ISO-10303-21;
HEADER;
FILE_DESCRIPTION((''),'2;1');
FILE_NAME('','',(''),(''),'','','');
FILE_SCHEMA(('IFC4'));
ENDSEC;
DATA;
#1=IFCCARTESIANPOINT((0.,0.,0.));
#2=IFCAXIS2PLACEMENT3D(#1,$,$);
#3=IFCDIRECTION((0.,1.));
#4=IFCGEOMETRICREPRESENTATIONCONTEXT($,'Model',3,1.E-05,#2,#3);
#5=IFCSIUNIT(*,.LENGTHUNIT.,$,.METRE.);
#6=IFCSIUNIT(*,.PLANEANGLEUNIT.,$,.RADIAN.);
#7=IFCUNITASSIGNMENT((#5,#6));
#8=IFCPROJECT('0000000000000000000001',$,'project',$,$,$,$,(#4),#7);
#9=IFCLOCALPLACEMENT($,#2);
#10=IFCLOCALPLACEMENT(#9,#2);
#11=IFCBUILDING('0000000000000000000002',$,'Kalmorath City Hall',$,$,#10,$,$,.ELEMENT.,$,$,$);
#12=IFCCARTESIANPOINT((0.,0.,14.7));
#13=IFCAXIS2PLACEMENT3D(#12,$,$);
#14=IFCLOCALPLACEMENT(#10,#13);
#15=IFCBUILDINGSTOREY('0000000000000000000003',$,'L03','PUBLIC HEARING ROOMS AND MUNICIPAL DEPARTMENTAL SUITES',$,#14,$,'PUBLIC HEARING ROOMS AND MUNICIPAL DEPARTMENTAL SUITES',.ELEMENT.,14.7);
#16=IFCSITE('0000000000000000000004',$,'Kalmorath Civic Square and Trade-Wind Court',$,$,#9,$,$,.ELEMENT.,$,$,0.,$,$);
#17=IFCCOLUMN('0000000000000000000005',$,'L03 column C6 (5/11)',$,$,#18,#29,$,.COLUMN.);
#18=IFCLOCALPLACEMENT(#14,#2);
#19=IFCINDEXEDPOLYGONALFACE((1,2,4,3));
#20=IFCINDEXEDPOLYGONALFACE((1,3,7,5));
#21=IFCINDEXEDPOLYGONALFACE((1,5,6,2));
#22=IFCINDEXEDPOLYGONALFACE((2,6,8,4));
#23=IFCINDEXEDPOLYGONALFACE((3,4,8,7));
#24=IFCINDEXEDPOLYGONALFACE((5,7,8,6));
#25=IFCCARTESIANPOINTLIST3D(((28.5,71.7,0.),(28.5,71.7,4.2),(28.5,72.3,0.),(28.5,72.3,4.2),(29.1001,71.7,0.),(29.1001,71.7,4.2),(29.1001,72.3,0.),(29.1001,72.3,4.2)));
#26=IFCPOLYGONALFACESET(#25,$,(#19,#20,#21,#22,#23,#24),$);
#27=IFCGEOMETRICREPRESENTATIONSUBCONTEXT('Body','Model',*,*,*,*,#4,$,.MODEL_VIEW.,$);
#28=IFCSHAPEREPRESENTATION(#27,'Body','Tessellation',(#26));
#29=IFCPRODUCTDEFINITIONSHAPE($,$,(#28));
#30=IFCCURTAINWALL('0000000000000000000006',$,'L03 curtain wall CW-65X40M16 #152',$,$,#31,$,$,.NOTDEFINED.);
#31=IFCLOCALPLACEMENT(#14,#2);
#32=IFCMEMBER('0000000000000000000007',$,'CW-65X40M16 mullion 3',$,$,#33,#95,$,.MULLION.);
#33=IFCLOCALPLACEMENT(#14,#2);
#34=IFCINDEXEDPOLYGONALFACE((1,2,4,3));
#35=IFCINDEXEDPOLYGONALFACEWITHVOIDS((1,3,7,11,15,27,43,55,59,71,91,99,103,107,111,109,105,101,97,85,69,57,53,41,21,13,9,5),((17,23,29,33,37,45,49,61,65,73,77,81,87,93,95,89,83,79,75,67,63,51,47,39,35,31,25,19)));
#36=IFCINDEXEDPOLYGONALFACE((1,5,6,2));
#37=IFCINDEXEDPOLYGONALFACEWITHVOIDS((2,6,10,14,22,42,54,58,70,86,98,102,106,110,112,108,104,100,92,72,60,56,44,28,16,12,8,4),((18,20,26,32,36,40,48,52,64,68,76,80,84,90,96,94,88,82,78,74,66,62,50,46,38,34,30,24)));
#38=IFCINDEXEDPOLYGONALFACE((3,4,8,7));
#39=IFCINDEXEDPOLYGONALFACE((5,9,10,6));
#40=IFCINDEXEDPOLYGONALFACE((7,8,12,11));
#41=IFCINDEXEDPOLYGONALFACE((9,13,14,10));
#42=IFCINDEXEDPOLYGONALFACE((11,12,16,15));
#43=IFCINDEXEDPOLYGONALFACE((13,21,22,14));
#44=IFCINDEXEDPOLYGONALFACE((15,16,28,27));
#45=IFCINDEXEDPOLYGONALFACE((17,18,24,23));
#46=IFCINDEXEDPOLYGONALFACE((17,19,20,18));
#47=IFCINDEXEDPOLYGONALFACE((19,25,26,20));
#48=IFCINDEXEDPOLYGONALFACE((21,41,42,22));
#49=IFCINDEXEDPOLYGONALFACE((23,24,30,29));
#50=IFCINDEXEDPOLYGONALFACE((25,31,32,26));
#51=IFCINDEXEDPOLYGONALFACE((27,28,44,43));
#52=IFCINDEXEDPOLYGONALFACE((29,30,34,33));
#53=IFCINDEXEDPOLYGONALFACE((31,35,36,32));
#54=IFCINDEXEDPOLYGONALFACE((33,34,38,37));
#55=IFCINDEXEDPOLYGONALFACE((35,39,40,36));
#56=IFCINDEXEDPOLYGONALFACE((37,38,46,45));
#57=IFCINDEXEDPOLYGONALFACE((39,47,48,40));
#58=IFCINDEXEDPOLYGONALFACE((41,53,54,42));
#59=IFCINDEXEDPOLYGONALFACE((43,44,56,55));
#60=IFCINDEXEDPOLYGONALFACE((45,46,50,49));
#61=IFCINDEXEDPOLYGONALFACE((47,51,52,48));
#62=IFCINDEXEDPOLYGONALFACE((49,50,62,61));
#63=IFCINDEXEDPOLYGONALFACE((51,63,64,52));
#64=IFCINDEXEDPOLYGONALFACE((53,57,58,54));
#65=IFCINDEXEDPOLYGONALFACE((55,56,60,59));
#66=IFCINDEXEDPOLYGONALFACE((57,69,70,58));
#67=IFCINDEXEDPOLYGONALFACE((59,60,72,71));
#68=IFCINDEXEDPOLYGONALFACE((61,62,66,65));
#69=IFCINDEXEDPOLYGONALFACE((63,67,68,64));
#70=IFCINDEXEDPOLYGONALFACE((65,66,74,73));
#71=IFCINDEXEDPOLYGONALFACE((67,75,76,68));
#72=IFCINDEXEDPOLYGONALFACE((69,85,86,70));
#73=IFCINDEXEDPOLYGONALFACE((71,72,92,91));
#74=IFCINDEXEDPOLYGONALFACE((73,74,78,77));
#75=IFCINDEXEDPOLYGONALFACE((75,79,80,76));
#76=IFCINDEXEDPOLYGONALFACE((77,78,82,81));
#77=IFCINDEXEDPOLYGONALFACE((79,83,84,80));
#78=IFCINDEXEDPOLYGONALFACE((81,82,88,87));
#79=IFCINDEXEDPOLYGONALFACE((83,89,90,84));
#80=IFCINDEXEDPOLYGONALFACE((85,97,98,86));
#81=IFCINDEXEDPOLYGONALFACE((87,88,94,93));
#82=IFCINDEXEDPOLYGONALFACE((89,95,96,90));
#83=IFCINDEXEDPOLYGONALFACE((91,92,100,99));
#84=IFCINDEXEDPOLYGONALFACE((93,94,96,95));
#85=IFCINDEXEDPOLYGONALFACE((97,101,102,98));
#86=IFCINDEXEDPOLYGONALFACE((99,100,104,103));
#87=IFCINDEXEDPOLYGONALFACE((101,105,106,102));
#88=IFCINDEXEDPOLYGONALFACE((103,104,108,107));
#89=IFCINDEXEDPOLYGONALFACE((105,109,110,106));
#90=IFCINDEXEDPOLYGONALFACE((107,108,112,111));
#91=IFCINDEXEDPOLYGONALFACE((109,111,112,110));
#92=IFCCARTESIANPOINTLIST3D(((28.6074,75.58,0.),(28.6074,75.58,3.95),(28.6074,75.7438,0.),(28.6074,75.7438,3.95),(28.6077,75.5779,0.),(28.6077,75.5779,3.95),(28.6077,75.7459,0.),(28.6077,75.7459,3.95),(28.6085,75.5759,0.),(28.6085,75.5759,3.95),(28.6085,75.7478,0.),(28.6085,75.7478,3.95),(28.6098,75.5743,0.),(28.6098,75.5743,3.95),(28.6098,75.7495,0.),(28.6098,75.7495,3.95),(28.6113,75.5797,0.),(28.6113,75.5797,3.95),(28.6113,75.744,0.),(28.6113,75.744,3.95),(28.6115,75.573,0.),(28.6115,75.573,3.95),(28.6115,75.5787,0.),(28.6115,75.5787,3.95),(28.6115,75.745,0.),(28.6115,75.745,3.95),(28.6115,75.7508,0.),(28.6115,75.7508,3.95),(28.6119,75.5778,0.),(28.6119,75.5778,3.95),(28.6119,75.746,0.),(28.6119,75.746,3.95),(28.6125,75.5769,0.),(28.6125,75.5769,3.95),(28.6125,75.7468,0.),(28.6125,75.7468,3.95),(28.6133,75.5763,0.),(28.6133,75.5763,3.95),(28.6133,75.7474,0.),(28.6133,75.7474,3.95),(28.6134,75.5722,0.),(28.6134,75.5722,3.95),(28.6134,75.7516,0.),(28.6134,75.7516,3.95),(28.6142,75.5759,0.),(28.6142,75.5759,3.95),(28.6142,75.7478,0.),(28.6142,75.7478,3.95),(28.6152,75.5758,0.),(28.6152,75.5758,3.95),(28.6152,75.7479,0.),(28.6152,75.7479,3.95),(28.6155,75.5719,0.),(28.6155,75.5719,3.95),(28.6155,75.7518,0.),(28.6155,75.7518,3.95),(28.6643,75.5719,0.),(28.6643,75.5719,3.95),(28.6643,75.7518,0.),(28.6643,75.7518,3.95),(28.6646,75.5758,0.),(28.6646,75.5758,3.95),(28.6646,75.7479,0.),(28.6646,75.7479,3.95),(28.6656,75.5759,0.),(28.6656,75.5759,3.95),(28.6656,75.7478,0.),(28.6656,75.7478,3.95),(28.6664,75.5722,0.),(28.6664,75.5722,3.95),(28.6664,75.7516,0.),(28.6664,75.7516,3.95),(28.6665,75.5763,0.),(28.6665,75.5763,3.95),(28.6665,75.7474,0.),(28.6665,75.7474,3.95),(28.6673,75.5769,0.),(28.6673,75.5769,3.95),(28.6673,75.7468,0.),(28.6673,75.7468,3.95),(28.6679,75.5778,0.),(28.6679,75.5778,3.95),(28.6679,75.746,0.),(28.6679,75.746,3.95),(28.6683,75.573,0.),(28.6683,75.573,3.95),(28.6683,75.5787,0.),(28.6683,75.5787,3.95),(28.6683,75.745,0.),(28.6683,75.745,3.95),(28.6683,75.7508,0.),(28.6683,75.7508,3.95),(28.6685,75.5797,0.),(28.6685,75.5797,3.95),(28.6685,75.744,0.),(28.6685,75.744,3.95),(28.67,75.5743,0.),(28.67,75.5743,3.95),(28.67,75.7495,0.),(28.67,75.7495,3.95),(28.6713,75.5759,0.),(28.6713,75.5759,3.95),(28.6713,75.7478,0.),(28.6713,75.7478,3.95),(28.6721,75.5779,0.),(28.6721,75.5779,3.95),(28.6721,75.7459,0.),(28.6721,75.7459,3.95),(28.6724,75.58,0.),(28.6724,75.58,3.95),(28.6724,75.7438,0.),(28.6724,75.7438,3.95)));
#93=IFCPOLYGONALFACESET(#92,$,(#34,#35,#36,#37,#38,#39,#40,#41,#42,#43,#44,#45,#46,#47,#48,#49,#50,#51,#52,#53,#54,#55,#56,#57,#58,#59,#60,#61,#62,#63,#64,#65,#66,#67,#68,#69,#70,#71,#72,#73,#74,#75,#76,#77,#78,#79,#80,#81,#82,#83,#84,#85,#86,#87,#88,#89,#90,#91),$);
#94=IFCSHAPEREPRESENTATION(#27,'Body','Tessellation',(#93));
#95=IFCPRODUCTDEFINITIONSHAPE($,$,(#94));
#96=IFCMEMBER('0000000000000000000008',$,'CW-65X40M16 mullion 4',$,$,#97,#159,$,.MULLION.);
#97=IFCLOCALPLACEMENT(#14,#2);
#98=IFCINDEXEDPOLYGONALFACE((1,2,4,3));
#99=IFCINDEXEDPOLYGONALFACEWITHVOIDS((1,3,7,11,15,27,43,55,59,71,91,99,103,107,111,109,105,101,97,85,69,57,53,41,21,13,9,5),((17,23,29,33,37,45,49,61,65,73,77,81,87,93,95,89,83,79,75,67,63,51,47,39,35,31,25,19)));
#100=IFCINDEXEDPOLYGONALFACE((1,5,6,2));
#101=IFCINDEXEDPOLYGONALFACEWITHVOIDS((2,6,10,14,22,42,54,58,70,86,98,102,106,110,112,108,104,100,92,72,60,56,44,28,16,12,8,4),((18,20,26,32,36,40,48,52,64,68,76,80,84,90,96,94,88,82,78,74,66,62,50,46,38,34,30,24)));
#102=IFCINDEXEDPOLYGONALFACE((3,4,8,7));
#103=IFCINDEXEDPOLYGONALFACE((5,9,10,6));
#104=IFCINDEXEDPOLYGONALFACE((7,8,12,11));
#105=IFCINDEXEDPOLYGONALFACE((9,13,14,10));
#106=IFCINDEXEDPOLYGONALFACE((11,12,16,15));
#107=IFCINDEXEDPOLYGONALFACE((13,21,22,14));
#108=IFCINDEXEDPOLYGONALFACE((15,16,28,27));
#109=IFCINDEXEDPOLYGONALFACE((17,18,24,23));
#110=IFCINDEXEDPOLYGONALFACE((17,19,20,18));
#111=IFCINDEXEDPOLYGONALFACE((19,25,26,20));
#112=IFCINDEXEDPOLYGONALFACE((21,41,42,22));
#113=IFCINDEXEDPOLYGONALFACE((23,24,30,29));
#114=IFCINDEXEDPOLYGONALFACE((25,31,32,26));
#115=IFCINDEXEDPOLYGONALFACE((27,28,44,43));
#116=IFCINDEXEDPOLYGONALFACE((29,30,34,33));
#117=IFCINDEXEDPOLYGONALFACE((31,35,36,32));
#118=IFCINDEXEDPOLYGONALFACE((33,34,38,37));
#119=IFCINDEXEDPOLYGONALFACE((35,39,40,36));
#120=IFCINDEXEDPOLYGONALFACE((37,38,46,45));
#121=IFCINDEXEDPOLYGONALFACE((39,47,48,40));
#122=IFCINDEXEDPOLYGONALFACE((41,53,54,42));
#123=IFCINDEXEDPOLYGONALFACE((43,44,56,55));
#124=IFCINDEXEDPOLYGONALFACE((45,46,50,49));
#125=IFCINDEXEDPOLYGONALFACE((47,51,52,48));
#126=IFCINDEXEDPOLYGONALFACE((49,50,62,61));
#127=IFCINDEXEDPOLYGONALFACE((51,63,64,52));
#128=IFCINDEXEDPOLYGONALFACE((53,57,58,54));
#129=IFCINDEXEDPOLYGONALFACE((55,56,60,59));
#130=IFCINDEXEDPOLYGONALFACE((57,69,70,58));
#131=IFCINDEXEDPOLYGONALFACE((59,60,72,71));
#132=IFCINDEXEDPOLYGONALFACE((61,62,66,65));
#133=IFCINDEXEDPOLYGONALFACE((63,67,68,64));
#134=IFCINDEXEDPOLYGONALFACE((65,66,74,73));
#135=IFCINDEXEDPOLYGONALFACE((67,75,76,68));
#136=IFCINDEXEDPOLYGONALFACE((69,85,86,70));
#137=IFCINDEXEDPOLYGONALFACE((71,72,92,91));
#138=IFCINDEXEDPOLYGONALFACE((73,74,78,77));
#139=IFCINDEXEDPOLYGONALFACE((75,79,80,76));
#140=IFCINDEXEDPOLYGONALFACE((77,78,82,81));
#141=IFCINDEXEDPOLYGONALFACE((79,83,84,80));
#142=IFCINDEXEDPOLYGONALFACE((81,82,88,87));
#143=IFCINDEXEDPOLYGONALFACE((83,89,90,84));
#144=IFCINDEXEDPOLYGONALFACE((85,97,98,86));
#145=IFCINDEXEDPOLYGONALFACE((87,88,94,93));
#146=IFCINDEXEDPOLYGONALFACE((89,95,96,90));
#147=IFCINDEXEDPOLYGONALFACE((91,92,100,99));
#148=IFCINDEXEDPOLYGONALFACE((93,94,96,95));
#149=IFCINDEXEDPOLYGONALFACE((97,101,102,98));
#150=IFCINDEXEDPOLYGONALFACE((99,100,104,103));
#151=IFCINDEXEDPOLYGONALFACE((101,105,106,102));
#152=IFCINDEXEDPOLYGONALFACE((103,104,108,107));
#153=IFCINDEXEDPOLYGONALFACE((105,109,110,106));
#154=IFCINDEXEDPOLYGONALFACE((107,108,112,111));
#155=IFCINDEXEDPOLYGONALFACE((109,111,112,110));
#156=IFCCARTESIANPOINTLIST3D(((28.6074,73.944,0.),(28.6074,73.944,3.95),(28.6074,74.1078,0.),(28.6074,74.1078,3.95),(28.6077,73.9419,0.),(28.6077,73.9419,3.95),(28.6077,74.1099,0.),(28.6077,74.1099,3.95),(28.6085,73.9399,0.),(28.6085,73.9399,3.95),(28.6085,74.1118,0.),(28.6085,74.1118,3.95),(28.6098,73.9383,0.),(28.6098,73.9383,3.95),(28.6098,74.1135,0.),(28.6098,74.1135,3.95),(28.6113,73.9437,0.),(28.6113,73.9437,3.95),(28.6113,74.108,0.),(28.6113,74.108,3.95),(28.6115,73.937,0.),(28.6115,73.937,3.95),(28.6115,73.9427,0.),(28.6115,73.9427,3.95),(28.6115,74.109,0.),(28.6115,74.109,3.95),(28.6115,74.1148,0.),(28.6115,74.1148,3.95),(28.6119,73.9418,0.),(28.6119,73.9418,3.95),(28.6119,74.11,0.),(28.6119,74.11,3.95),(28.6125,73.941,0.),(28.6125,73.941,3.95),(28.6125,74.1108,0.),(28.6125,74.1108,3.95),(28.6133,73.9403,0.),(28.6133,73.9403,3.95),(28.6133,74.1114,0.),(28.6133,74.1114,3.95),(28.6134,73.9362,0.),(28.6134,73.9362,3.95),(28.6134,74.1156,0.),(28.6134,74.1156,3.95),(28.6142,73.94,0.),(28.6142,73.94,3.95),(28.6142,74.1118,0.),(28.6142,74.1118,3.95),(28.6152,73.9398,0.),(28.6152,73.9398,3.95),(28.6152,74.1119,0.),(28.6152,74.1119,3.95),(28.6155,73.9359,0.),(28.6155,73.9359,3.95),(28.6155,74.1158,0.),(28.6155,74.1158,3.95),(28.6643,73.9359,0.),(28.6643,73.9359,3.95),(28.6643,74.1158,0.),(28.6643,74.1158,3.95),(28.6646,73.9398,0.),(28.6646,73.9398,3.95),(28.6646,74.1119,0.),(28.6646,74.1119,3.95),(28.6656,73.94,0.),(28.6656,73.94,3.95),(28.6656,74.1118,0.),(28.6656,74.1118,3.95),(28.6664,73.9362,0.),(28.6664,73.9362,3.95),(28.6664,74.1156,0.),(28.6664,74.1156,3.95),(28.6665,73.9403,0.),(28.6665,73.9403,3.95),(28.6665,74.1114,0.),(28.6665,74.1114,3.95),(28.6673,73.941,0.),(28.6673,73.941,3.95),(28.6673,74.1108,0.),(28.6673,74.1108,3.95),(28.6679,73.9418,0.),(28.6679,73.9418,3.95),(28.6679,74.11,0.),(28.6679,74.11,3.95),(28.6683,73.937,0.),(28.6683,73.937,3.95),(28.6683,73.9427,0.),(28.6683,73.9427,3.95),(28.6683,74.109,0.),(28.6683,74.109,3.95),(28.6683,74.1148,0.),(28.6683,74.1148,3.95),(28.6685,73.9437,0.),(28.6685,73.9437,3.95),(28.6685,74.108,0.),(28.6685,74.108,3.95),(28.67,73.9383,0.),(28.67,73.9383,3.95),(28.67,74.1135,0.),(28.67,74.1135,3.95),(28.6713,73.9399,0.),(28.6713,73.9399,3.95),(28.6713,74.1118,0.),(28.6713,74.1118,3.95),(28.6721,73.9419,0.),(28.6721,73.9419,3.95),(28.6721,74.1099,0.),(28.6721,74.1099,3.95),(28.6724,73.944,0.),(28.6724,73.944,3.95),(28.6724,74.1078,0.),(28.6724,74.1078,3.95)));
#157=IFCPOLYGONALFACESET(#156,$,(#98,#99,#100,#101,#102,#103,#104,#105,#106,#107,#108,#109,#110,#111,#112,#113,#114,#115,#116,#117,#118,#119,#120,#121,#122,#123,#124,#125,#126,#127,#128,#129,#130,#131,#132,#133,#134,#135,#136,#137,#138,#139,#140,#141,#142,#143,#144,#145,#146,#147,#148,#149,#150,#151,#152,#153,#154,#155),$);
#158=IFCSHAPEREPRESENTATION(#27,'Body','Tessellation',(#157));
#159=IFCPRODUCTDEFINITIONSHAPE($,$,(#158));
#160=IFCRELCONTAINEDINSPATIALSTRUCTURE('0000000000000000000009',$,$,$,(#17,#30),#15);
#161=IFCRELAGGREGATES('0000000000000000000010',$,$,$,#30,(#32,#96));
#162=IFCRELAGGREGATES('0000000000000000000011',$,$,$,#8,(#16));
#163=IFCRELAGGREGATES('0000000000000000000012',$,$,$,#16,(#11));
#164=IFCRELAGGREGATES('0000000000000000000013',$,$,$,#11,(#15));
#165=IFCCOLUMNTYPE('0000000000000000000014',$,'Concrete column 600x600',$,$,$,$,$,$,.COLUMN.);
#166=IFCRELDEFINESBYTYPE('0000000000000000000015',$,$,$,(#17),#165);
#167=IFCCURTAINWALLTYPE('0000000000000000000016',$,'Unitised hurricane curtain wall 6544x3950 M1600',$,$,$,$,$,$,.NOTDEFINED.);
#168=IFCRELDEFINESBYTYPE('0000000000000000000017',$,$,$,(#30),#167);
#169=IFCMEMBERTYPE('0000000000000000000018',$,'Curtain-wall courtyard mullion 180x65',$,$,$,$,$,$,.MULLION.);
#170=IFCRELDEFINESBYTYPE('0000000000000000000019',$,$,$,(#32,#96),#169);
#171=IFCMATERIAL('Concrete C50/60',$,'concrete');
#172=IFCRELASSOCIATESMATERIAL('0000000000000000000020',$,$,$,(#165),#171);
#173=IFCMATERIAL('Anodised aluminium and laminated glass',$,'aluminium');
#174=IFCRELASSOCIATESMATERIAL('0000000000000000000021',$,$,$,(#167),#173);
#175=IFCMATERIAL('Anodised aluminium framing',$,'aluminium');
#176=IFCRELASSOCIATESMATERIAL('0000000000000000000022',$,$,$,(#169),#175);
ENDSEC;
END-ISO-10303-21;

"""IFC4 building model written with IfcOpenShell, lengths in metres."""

from ifc_helpers import new_model, si_unit, direction, frame, origin, origin_2d, place, context, subcontext, project, spatial, rectangle, hollow_rectangle, extrude, material, material_profile, profile_set, type_object, element, aggregate, save


model = new_model("IFC4")

# Units and contexts
model_context = context("Model", 3, precision=1e-05, world=origin(), true_north=direction((0.0, 1.0)))
body_context = subcontext(model_context, "Body", "Model", "MODEL_VIEW")
ifc_project = project(units=[si_unit("LENGTHUNIT", "METRE"), si_unit("PLANEANGLEUNIT", "RADIAN")], contexts=[model_context])

# Site, building, storey
site_placement = place(None, origin())
site = spatial("IfcSite", under=ifc_project, at=site_placement, Name="Kalmorath Civic Square and Trade-Wind Court", CompositionType="ELEMENT", RefElevation=0.0)
building_placement = place(site_placement, origin())
building = spatial("IfcBuilding", under=site, at=building_placement, Name="Kalmorath City Hall", CompositionType="ELEMENT")
storey_placement = place(building_placement, frame((0.0, 0.0, 14.7)))
storey = spatial("IfcBuildingStorey", under=building, at=storey_placement, Name="L03", Description="PUBLIC HEARING ROOMS AND MUNICIPAL DEPARTMENTAL SUITES", LongName="PUBLIC HEARING ROOMS AND MUNICIPAL DEPARTMENTAL SUITES", CompositionType="ELEMENT", Elevation=14.7)

# Column
ifc_material_1 = material(Name="Concrete C50/60", Category="concrete")
ifc_material_profile_1 = material_profile(ifc_material_1, rectangle(XDim=0.6001, YDim=0.6001, at=origin_2d()), Name="RC-COL-600X600")
ifc_profile_set_1 = profile_set([ifc_material_profile_1], Name="Concrete C50/60")
column_type = type_object("IfcColumnType", Name="Concrete column 600x600", PredefinedType="COLUMN", material=ifc_profile_set_1)
column_placement = place(storey_placement, frame((28.8, 72.0, 0.0), z_axis=(0.0, 0.0, 1.0), x_axis=(1.0, 0.0, 0.0)))
element("IfcColumn", 1, at=column_placement, inside=storey, type_object=column_type, Name="L03 column C6 (5/11)", PredefinedType="COLUMN", context=body_context, shape_type="SweptSolid", body=[
    extrude(rectangle(XDim=0.6001, YDim=0.6001, at=origin_2d()), origin(), (0.0, 0.0, 1.0), 4.2),
])

# Curtain wall, members
ifc_material_2 = material(Name="Anodised aluminium and laminated glass", Category="aluminium")
curtain_wall_type = type_object("IfcCurtainWallType", Name="Unitised hurricane curtain wall 6544x3950 M1600", PredefinedType="NOTDEFINED", material=ifc_material_2)
curtain_wall_placement = place(storey_placement, origin())
curtain_wall = element("IfcCurtainWall", 2, at=curtain_wall_placement, inside=storey, type_object=curtain_wall_type, Name="L03 curtain wall CW-65X40M16 #152", PredefinedType="NOTDEFINED")
ifc_material_3 = material(Name="Anodised aluminium framing", Category="aluminium")
ifc_material_profile_2 = material_profile(ifc_material_3, hollow_rectangle(XDim=0.0649, YDim=0.1799, WallThickness=0.0039, InnerFilletRadius=0.0039, OuterFilletRadius=0.0081, at=origin_2d()), Name="ALU-MUL-180X65X4")
ifc_profile_set_2 = profile_set([ifc_material_profile_2], Name="Anodised aluminium framing")
member_type_1 = type_object("IfcMemberType", Name="Curtain-wall courtyard mullion 180x65", PredefinedType="MULLION", material=ifc_profile_set_2)
member_1_placement = place(storey_placement, frame((28.6399, 75.6619, 0.0), z_axis=(0.0, 0.0, 1.0), x_axis=(1.0, 0.0, 0.0)))
member_1 = element("IfcMember", 3, at=member_1_placement, type_object=member_type_1, Name="CW-65X40M16 mullion 3", PredefinedType="MULLION", context=body_context, shape_type="SweptSolid", body=[
    extrude(hollow_rectangle(XDim=0.0649, YDim=0.1799, WallThickness=0.0039, InnerFilletRadius=0.0039, OuterFilletRadius=0.0081, at=origin_2d()), origin(), (0.0, 0.0, 1.0), 3.95),
])
member_2_placement = place(storey_placement, frame((28.6399, 74.0259, 0.0), z_axis=(0.0, 0.0, 1.0), x_axis=(1.0, 0.0, 0.0)))
member_2 = element("IfcMember", 4, at=member_2_placement, type_object=member_type_1, Name="CW-65X40M16 mullion 4", PredefinedType="MULLION", context=body_context, shape_type="SweptSolid", body=[
    extrude(hollow_rectangle(XDim=0.0649, YDim=0.1799, WallThickness=0.0039, InnerFilletRadius=0.0039, OuterFilletRadius=0.0081, at=origin_2d()), origin(), (0.0, 0.0, 1.0), 3.95),
])

aggregate(curtain_wall, [member_1, member_2])

save(model, "model.ifc")
